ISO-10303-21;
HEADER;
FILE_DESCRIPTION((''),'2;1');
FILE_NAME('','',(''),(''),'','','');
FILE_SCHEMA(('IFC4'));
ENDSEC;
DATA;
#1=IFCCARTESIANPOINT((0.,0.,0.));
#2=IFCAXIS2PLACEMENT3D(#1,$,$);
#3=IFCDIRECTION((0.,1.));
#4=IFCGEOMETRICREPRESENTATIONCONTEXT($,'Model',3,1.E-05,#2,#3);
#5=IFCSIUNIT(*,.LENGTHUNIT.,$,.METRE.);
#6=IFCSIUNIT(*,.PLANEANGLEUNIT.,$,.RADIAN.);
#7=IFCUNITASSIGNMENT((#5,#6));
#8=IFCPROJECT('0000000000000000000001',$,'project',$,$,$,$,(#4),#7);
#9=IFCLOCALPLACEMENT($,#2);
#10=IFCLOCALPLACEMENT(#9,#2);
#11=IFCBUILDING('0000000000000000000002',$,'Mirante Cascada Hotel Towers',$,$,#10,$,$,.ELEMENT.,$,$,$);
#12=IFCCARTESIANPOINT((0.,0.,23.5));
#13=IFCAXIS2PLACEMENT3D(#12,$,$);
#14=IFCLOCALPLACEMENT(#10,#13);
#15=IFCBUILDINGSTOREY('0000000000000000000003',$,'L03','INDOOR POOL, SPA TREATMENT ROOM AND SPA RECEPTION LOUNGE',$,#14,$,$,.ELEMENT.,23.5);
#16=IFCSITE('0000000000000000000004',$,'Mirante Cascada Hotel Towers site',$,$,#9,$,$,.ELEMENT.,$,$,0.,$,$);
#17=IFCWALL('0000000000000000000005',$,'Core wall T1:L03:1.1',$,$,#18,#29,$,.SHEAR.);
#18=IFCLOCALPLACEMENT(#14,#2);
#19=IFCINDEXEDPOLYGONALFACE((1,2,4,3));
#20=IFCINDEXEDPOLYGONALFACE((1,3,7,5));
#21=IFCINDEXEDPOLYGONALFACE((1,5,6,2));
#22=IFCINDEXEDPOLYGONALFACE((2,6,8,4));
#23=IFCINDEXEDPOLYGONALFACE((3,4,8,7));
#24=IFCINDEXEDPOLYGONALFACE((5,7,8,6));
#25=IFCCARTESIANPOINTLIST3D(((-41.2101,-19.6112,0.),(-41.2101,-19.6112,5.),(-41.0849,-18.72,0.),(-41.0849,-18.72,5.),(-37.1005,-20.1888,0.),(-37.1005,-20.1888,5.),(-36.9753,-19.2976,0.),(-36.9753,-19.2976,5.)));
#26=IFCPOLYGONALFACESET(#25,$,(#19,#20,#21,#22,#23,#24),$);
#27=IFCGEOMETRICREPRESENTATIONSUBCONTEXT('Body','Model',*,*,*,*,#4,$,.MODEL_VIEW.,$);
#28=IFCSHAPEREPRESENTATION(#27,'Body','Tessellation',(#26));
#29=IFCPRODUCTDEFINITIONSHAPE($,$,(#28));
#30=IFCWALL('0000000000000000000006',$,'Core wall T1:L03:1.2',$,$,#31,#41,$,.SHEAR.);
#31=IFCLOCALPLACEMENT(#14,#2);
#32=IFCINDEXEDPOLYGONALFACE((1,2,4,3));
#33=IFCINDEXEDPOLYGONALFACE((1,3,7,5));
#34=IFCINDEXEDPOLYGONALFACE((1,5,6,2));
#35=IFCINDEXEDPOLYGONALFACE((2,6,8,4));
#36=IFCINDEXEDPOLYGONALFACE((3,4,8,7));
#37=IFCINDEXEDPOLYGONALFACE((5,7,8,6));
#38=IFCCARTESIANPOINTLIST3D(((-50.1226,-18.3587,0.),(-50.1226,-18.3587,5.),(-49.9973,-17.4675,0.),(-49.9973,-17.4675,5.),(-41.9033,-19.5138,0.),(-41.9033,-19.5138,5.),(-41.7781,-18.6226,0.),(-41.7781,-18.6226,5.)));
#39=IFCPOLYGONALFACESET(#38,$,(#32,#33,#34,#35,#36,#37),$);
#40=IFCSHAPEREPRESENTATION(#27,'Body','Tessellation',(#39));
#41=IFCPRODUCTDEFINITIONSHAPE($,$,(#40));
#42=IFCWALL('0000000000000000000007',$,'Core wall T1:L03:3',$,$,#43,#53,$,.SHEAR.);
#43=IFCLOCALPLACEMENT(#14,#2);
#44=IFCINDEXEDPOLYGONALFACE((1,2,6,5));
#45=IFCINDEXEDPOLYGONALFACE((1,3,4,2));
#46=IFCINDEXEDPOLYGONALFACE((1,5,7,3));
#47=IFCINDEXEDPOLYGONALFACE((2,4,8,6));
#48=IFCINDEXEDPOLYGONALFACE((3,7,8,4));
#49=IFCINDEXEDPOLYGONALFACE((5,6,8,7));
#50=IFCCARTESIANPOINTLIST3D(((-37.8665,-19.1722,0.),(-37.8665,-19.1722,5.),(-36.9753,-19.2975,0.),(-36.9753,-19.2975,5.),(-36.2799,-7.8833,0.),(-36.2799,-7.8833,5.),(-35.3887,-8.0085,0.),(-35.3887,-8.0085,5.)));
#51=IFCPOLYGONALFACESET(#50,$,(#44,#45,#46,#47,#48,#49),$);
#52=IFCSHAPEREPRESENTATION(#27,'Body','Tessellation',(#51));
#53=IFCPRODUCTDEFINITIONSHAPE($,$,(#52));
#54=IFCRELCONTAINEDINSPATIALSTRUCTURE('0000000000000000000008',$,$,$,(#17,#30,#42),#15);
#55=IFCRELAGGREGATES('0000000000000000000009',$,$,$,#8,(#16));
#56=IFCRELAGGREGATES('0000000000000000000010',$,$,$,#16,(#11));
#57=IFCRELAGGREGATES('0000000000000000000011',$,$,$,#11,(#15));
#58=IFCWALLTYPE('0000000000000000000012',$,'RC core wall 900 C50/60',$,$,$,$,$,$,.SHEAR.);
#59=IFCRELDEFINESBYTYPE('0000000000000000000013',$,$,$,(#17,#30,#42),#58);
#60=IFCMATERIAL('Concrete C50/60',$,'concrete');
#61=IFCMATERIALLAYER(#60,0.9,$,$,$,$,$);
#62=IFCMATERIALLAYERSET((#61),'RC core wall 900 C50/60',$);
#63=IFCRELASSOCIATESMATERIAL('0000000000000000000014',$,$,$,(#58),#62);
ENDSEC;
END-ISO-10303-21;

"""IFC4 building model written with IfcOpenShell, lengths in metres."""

from ifc_helpers import new_model, si_unit, direction, frame, frame_2d, origin, place, context, subcontext, project, spatial, rectangle, extrude, material, layer, layer_set, type_object, element, save


model = new_model("IFC4")

# Units and contexts
model_context = context("Model", 3, precision=1e-05, world=origin(), true_north=direction((0.0, 1.0)))
body_context = subcontext(model_context, "Body", "Model", "MODEL_VIEW")
ifc_project = project(units=[si_unit("LENGTHUNIT", "METRE"), si_unit("PLANEANGLEUNIT", "RADIAN")], contexts=[model_context])

# Site, building, storey
site_placement = place(None, origin())
site = spatial("IfcSite", under=ifc_project, at=site_placement, Name="Mirante Cascada Hotel Towers site", CompositionType="ELEMENT", RefElevation=0.0)
building_placement = place(site_placement, origin())
building = spatial("IfcBuilding", under=site, at=building_placement, Name="Mirante Cascada Hotel Towers", CompositionType="ELEMENT")
storey_placement = place(building_placement, frame((0.0, 0.0, 23.5)))
storey = spatial("IfcBuildingStorey", under=building, at=storey_placement, Name="L03", Description="INDOOR POOL, SPA TREATMENT ROOM AND SPA RECEPTION LOUNGE", CompositionType="ELEMENT", Elevation=23.5)

# Walls
ifc_material_1 = material(Name="Concrete C50/60", Category="concrete")
ifc_layer_1 = layer(ifc_material_1, 0.9)
ifc_layer_set_1 = layer_set([ifc_layer_1], Name="RC core wall 900 C50/60")
wall_type_1 = type_object("IfcWallType", Name="RC core wall 900 C50/60", PredefinedType="SHEAR", material=ifc_layer_set_1)
wall_1_placement = place(storey_placement, frame((-37.0379, -19.7432, 0.0), z_axis=(0.0, 0.0, 1.0), x_axis=(-0.990267, 0.139181, 0.0)))
element("IfcWall", 1, at=wall_1_placement, inside=storey, type_object=wall_type_1, Name="Core wall T1:L03:1.1", PredefinedType="SHEAR", context=body_context, shape_type="SweptSolid", body=[
    extrude(rectangle(XDim=4.15, YDim=0.9, at=frame_2d((2.075, 0.0))), origin(), (0.0, 0.0, 1.0), 5.0),
])
wall_2_placement = place(storey_placement, frame((-41.8407, -19.0682, 0.0), z_axis=(0.0, 0.0, 1.0), x_axis=(-0.990269, 0.139169, 0.0)))
element("IfcWall", 2, at=wall_2_placement, inside=storey, type_object=wall_type_1, Name="Core wall T1:L03:1.2", PredefinedType="SHEAR", context=body_context, shape_type="SweptSolid", body=[
    extrude(rectangle(XDim=8.3, YDim=0.9, at=frame_2d((4.15, 0.0))), origin(), (0.0, 0.0, 1.0), 5.0),
])
wall_3_placement = place(storey_placement, frame((-37.4209, -19.2349, 0.0), z_axis=(0.0, 0.0, 1.0), x_axis=(0.139176, 0.990268, 0.0)))
element("IfcWall", 3, at=wall_3_placement, inside=storey, type_object=wall_type_1, Name="Core wall T1:L03:3", PredefinedType="SHEAR", context=body_context, shape_type="SweptSolid", body=[
    extrude(rectangle(XDim=11.3999, YDim=0.9, at=frame_2d((5.7, 0.0))), origin(), (0.0, 0.0, 1.0), 5.0),
])

save(model, "model.ifc")
